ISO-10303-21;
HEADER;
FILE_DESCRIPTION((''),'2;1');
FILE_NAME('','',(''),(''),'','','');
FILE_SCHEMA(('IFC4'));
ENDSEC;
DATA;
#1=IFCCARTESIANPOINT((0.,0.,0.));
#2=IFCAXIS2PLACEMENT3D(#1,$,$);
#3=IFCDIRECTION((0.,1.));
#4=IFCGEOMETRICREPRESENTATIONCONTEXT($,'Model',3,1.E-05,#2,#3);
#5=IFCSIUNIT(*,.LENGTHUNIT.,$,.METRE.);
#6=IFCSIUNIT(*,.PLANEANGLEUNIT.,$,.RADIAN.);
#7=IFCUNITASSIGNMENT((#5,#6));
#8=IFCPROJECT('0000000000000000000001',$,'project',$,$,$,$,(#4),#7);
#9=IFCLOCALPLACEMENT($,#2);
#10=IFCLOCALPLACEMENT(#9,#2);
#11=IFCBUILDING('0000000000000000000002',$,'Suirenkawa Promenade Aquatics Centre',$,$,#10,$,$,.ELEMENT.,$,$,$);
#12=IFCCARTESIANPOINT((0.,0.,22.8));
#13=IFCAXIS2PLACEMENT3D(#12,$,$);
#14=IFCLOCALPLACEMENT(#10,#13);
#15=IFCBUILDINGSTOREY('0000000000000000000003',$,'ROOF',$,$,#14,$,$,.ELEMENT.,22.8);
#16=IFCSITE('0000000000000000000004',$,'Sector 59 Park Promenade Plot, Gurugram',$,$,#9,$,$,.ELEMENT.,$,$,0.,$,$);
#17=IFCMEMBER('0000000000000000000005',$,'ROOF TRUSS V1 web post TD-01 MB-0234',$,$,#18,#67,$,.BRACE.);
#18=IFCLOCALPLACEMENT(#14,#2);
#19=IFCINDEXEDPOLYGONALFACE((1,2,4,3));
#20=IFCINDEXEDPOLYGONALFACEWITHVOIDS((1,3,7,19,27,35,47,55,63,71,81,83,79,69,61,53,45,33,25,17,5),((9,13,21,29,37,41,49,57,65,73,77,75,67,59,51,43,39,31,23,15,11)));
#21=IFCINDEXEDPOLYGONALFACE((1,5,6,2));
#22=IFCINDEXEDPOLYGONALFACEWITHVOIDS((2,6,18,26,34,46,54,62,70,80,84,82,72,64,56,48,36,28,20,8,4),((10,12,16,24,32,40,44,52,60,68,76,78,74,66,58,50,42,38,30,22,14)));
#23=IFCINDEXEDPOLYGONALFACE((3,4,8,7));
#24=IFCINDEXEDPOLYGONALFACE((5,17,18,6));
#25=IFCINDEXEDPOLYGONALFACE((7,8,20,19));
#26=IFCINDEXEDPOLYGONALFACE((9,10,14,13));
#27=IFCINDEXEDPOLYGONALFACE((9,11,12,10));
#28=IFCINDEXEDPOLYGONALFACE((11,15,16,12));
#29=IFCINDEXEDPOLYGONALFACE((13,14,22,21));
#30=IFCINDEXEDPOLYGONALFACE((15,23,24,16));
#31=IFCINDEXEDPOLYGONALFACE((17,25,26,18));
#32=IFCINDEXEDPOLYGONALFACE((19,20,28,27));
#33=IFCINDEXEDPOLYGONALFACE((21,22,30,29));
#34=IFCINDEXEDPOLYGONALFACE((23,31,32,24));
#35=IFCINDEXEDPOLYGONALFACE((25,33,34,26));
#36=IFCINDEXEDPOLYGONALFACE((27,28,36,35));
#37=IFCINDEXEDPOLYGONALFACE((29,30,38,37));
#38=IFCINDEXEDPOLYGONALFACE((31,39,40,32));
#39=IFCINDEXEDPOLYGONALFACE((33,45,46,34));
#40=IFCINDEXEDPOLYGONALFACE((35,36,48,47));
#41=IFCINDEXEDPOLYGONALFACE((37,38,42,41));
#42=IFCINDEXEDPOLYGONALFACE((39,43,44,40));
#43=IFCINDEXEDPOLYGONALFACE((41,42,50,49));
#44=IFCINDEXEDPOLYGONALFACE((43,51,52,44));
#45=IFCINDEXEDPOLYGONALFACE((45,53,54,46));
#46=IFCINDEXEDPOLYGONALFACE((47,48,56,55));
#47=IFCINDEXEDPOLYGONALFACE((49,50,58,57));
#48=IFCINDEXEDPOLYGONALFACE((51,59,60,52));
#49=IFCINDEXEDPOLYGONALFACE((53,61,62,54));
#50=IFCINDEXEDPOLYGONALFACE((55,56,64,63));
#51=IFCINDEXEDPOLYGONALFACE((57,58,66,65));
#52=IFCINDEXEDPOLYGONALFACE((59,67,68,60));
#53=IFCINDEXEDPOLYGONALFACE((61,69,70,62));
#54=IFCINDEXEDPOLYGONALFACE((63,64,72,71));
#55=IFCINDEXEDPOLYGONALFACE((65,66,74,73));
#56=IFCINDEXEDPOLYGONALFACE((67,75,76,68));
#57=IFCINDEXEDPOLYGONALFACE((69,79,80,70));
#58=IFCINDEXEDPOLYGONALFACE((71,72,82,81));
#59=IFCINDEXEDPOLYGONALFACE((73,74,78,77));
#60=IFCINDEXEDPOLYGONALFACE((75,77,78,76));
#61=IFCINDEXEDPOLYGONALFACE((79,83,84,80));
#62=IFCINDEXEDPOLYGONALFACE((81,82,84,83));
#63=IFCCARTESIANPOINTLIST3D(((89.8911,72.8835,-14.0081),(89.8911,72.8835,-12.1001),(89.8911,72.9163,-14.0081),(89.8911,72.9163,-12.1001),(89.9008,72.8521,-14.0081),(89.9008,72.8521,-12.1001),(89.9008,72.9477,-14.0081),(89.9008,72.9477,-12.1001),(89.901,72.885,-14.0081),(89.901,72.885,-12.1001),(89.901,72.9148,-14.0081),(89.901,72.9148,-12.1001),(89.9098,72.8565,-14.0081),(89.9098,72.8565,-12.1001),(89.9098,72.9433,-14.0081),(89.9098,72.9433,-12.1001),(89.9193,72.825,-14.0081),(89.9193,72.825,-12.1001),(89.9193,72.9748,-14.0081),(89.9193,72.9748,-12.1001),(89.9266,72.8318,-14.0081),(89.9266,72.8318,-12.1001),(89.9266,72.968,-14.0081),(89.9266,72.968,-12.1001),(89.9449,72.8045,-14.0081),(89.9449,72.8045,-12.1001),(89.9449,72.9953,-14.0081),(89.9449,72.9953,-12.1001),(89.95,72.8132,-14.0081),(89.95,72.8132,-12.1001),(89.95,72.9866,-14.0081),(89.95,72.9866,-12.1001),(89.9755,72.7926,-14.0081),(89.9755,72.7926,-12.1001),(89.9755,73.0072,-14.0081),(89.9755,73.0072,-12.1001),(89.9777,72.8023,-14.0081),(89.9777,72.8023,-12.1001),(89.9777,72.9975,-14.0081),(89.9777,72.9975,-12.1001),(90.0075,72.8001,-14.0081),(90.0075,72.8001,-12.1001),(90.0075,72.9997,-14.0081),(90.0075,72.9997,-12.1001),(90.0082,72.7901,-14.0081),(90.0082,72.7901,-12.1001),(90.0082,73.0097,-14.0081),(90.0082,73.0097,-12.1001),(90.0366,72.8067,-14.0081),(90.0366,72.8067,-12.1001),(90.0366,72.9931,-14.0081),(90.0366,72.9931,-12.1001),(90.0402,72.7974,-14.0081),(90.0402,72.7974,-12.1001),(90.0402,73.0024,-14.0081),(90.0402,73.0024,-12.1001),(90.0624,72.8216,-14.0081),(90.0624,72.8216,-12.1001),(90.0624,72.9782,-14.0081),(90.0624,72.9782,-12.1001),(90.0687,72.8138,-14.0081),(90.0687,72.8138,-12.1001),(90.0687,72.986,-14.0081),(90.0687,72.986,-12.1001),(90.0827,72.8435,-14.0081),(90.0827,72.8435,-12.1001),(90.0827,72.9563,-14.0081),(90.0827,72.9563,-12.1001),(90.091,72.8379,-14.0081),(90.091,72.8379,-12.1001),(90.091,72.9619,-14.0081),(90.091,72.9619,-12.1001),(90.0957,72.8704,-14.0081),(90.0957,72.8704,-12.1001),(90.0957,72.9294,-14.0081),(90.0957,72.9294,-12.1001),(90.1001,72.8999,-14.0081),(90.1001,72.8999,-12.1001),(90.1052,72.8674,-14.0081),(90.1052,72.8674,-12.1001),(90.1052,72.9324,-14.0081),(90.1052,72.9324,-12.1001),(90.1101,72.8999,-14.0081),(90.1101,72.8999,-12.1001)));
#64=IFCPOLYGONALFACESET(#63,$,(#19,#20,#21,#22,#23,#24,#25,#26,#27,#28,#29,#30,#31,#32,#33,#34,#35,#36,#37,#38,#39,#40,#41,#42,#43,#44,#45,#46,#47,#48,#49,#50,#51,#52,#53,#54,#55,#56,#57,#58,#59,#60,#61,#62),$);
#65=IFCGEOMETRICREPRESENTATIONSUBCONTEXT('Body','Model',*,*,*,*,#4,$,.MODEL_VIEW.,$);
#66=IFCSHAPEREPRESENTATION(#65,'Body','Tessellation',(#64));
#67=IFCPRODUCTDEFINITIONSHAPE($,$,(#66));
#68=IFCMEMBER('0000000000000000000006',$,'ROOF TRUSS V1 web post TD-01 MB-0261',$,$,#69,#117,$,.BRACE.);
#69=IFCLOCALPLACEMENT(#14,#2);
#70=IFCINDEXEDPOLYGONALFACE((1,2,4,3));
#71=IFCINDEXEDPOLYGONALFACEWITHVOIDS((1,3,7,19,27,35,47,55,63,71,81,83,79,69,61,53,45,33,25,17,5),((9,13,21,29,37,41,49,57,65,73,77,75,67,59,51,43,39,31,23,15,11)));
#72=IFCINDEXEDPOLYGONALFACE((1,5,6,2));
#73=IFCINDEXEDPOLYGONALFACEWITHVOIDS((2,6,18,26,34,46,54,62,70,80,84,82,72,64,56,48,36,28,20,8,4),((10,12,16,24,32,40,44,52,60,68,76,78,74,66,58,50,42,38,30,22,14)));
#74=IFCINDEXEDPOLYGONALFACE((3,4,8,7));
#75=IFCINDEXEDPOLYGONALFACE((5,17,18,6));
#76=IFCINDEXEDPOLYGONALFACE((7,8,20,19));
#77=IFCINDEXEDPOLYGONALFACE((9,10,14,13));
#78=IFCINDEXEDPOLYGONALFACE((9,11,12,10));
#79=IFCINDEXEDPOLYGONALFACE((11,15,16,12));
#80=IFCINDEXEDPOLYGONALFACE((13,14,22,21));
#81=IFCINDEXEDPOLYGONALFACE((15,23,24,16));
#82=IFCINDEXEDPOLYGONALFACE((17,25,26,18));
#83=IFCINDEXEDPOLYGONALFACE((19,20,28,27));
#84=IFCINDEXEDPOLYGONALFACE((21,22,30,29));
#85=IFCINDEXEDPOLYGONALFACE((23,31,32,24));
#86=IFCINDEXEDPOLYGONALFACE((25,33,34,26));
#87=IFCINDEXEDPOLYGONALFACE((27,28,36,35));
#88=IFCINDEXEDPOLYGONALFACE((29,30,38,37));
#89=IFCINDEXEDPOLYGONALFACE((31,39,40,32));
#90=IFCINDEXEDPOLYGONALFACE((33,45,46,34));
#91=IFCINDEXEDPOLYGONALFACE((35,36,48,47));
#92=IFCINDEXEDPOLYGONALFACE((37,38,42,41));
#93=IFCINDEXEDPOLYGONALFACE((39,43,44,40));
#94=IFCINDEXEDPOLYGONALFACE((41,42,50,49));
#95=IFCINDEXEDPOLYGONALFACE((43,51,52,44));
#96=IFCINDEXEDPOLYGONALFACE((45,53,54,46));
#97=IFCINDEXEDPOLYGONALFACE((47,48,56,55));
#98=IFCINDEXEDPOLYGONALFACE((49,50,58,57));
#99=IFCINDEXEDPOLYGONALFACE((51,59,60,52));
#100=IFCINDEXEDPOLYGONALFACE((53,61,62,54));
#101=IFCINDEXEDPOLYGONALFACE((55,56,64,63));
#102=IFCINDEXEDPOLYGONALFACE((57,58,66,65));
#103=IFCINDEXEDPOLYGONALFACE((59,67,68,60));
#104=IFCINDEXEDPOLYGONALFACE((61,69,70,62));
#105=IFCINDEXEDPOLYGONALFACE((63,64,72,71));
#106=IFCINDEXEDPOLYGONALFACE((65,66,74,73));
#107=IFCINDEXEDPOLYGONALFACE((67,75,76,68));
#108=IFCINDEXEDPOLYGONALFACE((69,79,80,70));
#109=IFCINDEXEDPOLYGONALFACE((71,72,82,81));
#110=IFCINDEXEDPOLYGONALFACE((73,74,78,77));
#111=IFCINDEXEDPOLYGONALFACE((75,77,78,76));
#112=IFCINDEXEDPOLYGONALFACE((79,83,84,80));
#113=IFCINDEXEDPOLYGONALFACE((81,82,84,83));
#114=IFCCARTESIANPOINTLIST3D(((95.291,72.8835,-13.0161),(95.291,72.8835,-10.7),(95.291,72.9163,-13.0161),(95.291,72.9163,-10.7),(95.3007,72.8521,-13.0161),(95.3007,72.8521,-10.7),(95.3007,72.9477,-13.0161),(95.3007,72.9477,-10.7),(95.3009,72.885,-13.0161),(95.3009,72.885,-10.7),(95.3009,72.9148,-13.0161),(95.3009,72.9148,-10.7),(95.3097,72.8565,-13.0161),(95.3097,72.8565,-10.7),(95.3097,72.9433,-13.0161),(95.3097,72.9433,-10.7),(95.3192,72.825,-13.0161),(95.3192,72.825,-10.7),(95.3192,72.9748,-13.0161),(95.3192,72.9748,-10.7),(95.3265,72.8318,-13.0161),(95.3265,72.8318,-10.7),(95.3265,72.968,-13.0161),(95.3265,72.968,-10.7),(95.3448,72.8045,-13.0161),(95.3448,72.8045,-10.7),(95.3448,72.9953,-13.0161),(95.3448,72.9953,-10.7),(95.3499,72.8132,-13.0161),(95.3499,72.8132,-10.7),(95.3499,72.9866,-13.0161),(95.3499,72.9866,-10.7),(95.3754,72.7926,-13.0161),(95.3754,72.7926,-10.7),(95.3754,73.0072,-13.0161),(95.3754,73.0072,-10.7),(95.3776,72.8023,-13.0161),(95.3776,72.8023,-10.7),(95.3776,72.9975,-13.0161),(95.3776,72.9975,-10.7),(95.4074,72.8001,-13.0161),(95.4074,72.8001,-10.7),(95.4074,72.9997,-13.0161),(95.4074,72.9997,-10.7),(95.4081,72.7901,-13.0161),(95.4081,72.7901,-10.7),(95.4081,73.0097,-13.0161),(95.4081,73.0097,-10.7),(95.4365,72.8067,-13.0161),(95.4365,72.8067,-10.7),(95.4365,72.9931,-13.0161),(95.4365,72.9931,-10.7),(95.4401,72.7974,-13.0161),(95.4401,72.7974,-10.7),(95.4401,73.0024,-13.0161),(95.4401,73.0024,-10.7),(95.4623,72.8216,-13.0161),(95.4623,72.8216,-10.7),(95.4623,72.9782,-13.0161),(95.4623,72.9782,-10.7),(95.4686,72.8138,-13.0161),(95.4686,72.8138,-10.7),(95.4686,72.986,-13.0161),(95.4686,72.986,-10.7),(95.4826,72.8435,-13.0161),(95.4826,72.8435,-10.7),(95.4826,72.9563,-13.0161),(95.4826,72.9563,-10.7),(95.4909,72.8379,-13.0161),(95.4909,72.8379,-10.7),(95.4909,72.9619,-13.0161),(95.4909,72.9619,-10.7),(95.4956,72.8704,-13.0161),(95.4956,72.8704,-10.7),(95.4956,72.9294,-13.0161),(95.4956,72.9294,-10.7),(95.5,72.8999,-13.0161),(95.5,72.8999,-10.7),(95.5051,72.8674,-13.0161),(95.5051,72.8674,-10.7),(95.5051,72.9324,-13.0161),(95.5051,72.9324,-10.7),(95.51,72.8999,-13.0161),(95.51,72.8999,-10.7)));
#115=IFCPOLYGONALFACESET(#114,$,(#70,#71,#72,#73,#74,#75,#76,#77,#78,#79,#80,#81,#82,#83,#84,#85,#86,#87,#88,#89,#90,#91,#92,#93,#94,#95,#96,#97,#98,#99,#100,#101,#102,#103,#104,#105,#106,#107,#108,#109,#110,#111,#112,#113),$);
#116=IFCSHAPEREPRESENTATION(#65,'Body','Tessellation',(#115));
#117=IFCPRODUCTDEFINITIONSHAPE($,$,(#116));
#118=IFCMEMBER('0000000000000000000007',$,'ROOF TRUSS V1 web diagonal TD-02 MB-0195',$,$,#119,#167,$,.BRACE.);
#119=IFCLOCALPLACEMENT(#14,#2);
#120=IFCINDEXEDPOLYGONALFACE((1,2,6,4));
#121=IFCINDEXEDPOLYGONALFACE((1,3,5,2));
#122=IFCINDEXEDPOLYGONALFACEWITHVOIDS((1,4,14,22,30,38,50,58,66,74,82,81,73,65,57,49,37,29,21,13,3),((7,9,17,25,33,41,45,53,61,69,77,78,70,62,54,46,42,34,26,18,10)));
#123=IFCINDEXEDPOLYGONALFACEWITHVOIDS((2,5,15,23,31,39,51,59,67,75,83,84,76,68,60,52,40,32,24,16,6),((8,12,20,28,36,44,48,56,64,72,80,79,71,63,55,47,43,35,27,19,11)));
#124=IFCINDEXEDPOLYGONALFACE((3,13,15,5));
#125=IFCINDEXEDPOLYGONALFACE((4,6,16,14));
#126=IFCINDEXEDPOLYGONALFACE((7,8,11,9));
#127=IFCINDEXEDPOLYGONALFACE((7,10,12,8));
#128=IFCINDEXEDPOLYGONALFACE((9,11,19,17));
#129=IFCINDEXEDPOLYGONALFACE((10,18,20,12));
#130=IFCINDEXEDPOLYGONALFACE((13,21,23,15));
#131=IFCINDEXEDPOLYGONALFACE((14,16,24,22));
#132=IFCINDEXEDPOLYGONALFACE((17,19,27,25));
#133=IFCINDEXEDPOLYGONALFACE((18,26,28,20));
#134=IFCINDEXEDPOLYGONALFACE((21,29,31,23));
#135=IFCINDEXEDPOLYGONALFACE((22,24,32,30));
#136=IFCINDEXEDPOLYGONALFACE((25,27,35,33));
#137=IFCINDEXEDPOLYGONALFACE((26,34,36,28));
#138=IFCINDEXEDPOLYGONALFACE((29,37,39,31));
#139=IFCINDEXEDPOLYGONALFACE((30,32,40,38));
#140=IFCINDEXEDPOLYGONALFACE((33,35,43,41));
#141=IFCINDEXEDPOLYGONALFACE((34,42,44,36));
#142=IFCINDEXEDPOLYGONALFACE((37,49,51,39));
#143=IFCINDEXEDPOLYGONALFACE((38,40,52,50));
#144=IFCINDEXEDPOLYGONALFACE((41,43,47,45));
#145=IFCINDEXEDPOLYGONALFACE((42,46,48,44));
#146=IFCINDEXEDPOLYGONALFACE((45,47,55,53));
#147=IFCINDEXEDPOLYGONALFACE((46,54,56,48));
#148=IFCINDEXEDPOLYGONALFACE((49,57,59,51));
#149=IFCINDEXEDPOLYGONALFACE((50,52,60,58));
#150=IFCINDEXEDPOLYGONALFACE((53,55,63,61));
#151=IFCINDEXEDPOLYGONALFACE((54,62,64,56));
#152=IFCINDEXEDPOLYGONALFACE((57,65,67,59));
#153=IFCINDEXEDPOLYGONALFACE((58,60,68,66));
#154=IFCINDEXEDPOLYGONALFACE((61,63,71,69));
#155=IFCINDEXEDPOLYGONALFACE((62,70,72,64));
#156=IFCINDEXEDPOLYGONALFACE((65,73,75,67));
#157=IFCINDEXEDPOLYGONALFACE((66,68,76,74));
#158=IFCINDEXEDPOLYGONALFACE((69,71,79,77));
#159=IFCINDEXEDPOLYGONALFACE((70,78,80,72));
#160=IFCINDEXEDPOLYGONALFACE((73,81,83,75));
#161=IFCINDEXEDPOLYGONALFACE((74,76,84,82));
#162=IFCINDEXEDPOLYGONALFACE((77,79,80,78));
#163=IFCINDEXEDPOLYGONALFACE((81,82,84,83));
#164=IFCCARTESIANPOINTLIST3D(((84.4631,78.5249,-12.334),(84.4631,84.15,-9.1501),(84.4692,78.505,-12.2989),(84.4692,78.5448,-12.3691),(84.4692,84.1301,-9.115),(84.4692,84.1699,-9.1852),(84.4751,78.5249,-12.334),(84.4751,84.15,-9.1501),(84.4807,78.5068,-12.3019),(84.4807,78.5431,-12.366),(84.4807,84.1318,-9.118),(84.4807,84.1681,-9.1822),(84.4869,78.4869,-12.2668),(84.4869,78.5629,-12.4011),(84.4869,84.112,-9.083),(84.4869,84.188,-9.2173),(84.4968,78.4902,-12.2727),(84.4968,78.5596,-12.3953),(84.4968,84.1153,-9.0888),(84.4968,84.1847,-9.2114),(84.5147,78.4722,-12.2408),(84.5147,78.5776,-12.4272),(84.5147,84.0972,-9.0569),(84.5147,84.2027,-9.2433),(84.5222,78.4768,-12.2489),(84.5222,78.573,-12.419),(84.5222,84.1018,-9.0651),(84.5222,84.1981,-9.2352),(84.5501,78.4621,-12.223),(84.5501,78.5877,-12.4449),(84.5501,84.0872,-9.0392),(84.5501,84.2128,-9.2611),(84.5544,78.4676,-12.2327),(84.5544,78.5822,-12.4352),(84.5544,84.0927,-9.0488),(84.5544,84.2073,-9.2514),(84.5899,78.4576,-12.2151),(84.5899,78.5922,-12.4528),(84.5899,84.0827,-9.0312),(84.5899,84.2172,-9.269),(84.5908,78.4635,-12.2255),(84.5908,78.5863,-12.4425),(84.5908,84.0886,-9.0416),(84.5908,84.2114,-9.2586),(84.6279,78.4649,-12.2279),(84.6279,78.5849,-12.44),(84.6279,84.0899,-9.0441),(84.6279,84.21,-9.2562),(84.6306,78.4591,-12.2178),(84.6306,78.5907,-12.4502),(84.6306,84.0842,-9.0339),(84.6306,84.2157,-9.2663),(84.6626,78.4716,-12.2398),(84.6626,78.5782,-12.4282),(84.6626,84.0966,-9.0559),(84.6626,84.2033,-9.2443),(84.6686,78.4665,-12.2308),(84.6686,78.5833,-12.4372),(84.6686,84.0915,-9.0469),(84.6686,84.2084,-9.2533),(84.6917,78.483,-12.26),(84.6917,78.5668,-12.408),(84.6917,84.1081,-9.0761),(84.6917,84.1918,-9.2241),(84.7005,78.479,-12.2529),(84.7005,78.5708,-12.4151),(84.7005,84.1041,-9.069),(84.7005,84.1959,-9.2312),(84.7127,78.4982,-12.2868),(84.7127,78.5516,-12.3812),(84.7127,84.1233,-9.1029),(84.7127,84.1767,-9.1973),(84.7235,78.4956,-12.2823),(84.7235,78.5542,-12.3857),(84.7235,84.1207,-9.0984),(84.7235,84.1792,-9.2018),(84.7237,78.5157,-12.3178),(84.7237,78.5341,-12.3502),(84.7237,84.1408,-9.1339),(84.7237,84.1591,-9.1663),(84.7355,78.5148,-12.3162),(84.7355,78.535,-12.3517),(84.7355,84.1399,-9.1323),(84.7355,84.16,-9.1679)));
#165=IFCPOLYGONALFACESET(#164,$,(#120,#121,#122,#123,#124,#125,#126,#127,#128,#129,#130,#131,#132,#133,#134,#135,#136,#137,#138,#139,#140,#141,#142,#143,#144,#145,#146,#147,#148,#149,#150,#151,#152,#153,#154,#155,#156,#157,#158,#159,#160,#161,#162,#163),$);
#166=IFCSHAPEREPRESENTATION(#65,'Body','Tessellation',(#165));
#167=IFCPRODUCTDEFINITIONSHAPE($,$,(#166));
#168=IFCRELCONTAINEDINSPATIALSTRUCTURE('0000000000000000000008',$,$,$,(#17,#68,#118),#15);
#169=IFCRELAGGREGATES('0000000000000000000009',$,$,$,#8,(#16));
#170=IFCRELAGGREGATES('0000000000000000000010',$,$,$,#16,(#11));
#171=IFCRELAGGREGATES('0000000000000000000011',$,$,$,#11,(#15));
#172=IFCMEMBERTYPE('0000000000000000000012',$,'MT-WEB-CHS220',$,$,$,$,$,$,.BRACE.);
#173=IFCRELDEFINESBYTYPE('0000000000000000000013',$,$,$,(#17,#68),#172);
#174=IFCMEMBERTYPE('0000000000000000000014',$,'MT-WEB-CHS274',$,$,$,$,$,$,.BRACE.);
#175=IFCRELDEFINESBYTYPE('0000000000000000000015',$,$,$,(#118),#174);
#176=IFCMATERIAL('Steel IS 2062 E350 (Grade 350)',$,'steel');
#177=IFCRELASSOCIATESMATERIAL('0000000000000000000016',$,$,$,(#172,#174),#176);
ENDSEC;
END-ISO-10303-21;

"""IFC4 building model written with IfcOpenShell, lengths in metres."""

from ifc_helpers import new_model, si_unit, direction, frame, origin, origin_2d, place, context, subcontext, project, spatial, hollow_circle, extrude, material, material_profile, profile_set, type_object, element, save


model = new_model("IFC4")

# Units and contexts
model_context = context("Model", 3, precision=1e-05, world=origin(), true_north=direction((0.0, 1.0)))
body_context = subcontext(model_context, "Body", "Model", "MODEL_VIEW")
ifc_project = project(units=[si_unit("LENGTHUNIT", "METRE"), si_unit("PLANEANGLEUNIT", "RADIAN")], contexts=[model_context])

# Site, building, storey
site_placement = place(None, origin())
site = spatial("IfcSite", under=ifc_project, at=site_placement, Name="Sector 59 Park Promenade Plot, Gurugram", CompositionType="ELEMENT", RefElevation=0.0)
building_placement = place(site_placement, origin())
building = spatial("IfcBuilding", under=site, at=building_placement, Name="Suirenkawa Promenade Aquatics Centre", CompositionType="ELEMENT")
storey_placement = place(building_placement, frame((0.0, 0.0, 22.8)))
storey = spatial("IfcBuildingStorey", under=building, at=storey_placement, Name="ROOF", CompositionType="ELEMENT", Elevation=22.8)

# Shared definitions
ifc_material = material(Name="Steel IS 2062 E350 (Grade 350)", Category="steel")

# Members
ifc_material_profile_1 = material_profile(ifc_material, hollow_circle(Radius=0.1101, WallThickness=0.01, at=origin_2d()), Name="CHS 220x10", Category="steel")
ifc_profile_set_1 = profile_set([ifc_material_profile_1], Name="Steel IS 2062 E350 (Grade 350)")
member_type_1 = type_object("IfcMemberType", Name="MT-WEB-CHS220", PredefinedType="BRACE", material=ifc_profile_set_1)
member_1_placement = place(storey_placement, frame((90.0, 72.8999, -14.0081), z_axis=(0.0, 0.0, 1.0), x_axis=(1.0, 0.0, 0.0)))
element("IfcMember", 1, at=member_1_placement, inside=storey, type_object=member_type_1, Name="ROOF TRUSS V1 web post TD-01 MB-0234", PredefinedType="BRACE", context=body_context, shape_type="SweptSolid", body=[
    extrude(hollow_circle(Radius=0.1101, WallThickness=0.01, at=origin_2d()), origin(), (0.0, 0.0, 1.0), 1.908),
])
member_2_placement = place(storey_placement, frame((95.3999, 72.8999, -13.0161), z_axis=(0.0, 0.0, 1.0), x_axis=(1.0, 0.0, 0.0)))
element("IfcMember", 2, at=member_2_placement, inside=storey, type_object=member_type_1, Name="ROOF TRUSS V1 web post TD-01 MB-0261", PredefinedType="BRACE", context=body_context, shape_type="SweptSolid", body=[
    extrude(hollow_circle(Radius=0.1101, WallThickness=0.01, at=origin_2d()), origin(), (0.0, 0.0, 1.0), 2.3162),
])
ifc_material_profile_2 = material_profile(ifc_material, hollow_circle(Radius=0.137, WallThickness=0.012, at=origin_2d()), Name="CHS 274x12", Category="steel")
ifc_profile_set_2 = profile_set([ifc_material_profile_2], Name="Steel IS 2062 E350 (Grade 350)")
member_type_2 = type_object("IfcMemberType", Name="MT-WEB-CHS274", PredefinedType="BRACE", material=ifc_profile_set_2)
member_3_placement = place(storey_placement, frame((84.6001, 78.5249, -12.334), z_axis=(0.0, 0.870265, 0.492584), x_axis=(-1.0, 0.0, 0.0)))
element("IfcMember", 3, at=member_3_placement, inside=storey, type_object=member_type_2, Name="ROOF TRUSS V1 web diagonal TD-02 MB-0195", PredefinedType="BRACE", context=body_context, shape_type="SweptSolid", body=[
    extrude(hollow_circle(Radius=0.137, WallThickness=0.012, at=origin_2d()), origin(), (0.0, 0.0, 1.0), 6.4636),
])

save(model, "model.ifc")
